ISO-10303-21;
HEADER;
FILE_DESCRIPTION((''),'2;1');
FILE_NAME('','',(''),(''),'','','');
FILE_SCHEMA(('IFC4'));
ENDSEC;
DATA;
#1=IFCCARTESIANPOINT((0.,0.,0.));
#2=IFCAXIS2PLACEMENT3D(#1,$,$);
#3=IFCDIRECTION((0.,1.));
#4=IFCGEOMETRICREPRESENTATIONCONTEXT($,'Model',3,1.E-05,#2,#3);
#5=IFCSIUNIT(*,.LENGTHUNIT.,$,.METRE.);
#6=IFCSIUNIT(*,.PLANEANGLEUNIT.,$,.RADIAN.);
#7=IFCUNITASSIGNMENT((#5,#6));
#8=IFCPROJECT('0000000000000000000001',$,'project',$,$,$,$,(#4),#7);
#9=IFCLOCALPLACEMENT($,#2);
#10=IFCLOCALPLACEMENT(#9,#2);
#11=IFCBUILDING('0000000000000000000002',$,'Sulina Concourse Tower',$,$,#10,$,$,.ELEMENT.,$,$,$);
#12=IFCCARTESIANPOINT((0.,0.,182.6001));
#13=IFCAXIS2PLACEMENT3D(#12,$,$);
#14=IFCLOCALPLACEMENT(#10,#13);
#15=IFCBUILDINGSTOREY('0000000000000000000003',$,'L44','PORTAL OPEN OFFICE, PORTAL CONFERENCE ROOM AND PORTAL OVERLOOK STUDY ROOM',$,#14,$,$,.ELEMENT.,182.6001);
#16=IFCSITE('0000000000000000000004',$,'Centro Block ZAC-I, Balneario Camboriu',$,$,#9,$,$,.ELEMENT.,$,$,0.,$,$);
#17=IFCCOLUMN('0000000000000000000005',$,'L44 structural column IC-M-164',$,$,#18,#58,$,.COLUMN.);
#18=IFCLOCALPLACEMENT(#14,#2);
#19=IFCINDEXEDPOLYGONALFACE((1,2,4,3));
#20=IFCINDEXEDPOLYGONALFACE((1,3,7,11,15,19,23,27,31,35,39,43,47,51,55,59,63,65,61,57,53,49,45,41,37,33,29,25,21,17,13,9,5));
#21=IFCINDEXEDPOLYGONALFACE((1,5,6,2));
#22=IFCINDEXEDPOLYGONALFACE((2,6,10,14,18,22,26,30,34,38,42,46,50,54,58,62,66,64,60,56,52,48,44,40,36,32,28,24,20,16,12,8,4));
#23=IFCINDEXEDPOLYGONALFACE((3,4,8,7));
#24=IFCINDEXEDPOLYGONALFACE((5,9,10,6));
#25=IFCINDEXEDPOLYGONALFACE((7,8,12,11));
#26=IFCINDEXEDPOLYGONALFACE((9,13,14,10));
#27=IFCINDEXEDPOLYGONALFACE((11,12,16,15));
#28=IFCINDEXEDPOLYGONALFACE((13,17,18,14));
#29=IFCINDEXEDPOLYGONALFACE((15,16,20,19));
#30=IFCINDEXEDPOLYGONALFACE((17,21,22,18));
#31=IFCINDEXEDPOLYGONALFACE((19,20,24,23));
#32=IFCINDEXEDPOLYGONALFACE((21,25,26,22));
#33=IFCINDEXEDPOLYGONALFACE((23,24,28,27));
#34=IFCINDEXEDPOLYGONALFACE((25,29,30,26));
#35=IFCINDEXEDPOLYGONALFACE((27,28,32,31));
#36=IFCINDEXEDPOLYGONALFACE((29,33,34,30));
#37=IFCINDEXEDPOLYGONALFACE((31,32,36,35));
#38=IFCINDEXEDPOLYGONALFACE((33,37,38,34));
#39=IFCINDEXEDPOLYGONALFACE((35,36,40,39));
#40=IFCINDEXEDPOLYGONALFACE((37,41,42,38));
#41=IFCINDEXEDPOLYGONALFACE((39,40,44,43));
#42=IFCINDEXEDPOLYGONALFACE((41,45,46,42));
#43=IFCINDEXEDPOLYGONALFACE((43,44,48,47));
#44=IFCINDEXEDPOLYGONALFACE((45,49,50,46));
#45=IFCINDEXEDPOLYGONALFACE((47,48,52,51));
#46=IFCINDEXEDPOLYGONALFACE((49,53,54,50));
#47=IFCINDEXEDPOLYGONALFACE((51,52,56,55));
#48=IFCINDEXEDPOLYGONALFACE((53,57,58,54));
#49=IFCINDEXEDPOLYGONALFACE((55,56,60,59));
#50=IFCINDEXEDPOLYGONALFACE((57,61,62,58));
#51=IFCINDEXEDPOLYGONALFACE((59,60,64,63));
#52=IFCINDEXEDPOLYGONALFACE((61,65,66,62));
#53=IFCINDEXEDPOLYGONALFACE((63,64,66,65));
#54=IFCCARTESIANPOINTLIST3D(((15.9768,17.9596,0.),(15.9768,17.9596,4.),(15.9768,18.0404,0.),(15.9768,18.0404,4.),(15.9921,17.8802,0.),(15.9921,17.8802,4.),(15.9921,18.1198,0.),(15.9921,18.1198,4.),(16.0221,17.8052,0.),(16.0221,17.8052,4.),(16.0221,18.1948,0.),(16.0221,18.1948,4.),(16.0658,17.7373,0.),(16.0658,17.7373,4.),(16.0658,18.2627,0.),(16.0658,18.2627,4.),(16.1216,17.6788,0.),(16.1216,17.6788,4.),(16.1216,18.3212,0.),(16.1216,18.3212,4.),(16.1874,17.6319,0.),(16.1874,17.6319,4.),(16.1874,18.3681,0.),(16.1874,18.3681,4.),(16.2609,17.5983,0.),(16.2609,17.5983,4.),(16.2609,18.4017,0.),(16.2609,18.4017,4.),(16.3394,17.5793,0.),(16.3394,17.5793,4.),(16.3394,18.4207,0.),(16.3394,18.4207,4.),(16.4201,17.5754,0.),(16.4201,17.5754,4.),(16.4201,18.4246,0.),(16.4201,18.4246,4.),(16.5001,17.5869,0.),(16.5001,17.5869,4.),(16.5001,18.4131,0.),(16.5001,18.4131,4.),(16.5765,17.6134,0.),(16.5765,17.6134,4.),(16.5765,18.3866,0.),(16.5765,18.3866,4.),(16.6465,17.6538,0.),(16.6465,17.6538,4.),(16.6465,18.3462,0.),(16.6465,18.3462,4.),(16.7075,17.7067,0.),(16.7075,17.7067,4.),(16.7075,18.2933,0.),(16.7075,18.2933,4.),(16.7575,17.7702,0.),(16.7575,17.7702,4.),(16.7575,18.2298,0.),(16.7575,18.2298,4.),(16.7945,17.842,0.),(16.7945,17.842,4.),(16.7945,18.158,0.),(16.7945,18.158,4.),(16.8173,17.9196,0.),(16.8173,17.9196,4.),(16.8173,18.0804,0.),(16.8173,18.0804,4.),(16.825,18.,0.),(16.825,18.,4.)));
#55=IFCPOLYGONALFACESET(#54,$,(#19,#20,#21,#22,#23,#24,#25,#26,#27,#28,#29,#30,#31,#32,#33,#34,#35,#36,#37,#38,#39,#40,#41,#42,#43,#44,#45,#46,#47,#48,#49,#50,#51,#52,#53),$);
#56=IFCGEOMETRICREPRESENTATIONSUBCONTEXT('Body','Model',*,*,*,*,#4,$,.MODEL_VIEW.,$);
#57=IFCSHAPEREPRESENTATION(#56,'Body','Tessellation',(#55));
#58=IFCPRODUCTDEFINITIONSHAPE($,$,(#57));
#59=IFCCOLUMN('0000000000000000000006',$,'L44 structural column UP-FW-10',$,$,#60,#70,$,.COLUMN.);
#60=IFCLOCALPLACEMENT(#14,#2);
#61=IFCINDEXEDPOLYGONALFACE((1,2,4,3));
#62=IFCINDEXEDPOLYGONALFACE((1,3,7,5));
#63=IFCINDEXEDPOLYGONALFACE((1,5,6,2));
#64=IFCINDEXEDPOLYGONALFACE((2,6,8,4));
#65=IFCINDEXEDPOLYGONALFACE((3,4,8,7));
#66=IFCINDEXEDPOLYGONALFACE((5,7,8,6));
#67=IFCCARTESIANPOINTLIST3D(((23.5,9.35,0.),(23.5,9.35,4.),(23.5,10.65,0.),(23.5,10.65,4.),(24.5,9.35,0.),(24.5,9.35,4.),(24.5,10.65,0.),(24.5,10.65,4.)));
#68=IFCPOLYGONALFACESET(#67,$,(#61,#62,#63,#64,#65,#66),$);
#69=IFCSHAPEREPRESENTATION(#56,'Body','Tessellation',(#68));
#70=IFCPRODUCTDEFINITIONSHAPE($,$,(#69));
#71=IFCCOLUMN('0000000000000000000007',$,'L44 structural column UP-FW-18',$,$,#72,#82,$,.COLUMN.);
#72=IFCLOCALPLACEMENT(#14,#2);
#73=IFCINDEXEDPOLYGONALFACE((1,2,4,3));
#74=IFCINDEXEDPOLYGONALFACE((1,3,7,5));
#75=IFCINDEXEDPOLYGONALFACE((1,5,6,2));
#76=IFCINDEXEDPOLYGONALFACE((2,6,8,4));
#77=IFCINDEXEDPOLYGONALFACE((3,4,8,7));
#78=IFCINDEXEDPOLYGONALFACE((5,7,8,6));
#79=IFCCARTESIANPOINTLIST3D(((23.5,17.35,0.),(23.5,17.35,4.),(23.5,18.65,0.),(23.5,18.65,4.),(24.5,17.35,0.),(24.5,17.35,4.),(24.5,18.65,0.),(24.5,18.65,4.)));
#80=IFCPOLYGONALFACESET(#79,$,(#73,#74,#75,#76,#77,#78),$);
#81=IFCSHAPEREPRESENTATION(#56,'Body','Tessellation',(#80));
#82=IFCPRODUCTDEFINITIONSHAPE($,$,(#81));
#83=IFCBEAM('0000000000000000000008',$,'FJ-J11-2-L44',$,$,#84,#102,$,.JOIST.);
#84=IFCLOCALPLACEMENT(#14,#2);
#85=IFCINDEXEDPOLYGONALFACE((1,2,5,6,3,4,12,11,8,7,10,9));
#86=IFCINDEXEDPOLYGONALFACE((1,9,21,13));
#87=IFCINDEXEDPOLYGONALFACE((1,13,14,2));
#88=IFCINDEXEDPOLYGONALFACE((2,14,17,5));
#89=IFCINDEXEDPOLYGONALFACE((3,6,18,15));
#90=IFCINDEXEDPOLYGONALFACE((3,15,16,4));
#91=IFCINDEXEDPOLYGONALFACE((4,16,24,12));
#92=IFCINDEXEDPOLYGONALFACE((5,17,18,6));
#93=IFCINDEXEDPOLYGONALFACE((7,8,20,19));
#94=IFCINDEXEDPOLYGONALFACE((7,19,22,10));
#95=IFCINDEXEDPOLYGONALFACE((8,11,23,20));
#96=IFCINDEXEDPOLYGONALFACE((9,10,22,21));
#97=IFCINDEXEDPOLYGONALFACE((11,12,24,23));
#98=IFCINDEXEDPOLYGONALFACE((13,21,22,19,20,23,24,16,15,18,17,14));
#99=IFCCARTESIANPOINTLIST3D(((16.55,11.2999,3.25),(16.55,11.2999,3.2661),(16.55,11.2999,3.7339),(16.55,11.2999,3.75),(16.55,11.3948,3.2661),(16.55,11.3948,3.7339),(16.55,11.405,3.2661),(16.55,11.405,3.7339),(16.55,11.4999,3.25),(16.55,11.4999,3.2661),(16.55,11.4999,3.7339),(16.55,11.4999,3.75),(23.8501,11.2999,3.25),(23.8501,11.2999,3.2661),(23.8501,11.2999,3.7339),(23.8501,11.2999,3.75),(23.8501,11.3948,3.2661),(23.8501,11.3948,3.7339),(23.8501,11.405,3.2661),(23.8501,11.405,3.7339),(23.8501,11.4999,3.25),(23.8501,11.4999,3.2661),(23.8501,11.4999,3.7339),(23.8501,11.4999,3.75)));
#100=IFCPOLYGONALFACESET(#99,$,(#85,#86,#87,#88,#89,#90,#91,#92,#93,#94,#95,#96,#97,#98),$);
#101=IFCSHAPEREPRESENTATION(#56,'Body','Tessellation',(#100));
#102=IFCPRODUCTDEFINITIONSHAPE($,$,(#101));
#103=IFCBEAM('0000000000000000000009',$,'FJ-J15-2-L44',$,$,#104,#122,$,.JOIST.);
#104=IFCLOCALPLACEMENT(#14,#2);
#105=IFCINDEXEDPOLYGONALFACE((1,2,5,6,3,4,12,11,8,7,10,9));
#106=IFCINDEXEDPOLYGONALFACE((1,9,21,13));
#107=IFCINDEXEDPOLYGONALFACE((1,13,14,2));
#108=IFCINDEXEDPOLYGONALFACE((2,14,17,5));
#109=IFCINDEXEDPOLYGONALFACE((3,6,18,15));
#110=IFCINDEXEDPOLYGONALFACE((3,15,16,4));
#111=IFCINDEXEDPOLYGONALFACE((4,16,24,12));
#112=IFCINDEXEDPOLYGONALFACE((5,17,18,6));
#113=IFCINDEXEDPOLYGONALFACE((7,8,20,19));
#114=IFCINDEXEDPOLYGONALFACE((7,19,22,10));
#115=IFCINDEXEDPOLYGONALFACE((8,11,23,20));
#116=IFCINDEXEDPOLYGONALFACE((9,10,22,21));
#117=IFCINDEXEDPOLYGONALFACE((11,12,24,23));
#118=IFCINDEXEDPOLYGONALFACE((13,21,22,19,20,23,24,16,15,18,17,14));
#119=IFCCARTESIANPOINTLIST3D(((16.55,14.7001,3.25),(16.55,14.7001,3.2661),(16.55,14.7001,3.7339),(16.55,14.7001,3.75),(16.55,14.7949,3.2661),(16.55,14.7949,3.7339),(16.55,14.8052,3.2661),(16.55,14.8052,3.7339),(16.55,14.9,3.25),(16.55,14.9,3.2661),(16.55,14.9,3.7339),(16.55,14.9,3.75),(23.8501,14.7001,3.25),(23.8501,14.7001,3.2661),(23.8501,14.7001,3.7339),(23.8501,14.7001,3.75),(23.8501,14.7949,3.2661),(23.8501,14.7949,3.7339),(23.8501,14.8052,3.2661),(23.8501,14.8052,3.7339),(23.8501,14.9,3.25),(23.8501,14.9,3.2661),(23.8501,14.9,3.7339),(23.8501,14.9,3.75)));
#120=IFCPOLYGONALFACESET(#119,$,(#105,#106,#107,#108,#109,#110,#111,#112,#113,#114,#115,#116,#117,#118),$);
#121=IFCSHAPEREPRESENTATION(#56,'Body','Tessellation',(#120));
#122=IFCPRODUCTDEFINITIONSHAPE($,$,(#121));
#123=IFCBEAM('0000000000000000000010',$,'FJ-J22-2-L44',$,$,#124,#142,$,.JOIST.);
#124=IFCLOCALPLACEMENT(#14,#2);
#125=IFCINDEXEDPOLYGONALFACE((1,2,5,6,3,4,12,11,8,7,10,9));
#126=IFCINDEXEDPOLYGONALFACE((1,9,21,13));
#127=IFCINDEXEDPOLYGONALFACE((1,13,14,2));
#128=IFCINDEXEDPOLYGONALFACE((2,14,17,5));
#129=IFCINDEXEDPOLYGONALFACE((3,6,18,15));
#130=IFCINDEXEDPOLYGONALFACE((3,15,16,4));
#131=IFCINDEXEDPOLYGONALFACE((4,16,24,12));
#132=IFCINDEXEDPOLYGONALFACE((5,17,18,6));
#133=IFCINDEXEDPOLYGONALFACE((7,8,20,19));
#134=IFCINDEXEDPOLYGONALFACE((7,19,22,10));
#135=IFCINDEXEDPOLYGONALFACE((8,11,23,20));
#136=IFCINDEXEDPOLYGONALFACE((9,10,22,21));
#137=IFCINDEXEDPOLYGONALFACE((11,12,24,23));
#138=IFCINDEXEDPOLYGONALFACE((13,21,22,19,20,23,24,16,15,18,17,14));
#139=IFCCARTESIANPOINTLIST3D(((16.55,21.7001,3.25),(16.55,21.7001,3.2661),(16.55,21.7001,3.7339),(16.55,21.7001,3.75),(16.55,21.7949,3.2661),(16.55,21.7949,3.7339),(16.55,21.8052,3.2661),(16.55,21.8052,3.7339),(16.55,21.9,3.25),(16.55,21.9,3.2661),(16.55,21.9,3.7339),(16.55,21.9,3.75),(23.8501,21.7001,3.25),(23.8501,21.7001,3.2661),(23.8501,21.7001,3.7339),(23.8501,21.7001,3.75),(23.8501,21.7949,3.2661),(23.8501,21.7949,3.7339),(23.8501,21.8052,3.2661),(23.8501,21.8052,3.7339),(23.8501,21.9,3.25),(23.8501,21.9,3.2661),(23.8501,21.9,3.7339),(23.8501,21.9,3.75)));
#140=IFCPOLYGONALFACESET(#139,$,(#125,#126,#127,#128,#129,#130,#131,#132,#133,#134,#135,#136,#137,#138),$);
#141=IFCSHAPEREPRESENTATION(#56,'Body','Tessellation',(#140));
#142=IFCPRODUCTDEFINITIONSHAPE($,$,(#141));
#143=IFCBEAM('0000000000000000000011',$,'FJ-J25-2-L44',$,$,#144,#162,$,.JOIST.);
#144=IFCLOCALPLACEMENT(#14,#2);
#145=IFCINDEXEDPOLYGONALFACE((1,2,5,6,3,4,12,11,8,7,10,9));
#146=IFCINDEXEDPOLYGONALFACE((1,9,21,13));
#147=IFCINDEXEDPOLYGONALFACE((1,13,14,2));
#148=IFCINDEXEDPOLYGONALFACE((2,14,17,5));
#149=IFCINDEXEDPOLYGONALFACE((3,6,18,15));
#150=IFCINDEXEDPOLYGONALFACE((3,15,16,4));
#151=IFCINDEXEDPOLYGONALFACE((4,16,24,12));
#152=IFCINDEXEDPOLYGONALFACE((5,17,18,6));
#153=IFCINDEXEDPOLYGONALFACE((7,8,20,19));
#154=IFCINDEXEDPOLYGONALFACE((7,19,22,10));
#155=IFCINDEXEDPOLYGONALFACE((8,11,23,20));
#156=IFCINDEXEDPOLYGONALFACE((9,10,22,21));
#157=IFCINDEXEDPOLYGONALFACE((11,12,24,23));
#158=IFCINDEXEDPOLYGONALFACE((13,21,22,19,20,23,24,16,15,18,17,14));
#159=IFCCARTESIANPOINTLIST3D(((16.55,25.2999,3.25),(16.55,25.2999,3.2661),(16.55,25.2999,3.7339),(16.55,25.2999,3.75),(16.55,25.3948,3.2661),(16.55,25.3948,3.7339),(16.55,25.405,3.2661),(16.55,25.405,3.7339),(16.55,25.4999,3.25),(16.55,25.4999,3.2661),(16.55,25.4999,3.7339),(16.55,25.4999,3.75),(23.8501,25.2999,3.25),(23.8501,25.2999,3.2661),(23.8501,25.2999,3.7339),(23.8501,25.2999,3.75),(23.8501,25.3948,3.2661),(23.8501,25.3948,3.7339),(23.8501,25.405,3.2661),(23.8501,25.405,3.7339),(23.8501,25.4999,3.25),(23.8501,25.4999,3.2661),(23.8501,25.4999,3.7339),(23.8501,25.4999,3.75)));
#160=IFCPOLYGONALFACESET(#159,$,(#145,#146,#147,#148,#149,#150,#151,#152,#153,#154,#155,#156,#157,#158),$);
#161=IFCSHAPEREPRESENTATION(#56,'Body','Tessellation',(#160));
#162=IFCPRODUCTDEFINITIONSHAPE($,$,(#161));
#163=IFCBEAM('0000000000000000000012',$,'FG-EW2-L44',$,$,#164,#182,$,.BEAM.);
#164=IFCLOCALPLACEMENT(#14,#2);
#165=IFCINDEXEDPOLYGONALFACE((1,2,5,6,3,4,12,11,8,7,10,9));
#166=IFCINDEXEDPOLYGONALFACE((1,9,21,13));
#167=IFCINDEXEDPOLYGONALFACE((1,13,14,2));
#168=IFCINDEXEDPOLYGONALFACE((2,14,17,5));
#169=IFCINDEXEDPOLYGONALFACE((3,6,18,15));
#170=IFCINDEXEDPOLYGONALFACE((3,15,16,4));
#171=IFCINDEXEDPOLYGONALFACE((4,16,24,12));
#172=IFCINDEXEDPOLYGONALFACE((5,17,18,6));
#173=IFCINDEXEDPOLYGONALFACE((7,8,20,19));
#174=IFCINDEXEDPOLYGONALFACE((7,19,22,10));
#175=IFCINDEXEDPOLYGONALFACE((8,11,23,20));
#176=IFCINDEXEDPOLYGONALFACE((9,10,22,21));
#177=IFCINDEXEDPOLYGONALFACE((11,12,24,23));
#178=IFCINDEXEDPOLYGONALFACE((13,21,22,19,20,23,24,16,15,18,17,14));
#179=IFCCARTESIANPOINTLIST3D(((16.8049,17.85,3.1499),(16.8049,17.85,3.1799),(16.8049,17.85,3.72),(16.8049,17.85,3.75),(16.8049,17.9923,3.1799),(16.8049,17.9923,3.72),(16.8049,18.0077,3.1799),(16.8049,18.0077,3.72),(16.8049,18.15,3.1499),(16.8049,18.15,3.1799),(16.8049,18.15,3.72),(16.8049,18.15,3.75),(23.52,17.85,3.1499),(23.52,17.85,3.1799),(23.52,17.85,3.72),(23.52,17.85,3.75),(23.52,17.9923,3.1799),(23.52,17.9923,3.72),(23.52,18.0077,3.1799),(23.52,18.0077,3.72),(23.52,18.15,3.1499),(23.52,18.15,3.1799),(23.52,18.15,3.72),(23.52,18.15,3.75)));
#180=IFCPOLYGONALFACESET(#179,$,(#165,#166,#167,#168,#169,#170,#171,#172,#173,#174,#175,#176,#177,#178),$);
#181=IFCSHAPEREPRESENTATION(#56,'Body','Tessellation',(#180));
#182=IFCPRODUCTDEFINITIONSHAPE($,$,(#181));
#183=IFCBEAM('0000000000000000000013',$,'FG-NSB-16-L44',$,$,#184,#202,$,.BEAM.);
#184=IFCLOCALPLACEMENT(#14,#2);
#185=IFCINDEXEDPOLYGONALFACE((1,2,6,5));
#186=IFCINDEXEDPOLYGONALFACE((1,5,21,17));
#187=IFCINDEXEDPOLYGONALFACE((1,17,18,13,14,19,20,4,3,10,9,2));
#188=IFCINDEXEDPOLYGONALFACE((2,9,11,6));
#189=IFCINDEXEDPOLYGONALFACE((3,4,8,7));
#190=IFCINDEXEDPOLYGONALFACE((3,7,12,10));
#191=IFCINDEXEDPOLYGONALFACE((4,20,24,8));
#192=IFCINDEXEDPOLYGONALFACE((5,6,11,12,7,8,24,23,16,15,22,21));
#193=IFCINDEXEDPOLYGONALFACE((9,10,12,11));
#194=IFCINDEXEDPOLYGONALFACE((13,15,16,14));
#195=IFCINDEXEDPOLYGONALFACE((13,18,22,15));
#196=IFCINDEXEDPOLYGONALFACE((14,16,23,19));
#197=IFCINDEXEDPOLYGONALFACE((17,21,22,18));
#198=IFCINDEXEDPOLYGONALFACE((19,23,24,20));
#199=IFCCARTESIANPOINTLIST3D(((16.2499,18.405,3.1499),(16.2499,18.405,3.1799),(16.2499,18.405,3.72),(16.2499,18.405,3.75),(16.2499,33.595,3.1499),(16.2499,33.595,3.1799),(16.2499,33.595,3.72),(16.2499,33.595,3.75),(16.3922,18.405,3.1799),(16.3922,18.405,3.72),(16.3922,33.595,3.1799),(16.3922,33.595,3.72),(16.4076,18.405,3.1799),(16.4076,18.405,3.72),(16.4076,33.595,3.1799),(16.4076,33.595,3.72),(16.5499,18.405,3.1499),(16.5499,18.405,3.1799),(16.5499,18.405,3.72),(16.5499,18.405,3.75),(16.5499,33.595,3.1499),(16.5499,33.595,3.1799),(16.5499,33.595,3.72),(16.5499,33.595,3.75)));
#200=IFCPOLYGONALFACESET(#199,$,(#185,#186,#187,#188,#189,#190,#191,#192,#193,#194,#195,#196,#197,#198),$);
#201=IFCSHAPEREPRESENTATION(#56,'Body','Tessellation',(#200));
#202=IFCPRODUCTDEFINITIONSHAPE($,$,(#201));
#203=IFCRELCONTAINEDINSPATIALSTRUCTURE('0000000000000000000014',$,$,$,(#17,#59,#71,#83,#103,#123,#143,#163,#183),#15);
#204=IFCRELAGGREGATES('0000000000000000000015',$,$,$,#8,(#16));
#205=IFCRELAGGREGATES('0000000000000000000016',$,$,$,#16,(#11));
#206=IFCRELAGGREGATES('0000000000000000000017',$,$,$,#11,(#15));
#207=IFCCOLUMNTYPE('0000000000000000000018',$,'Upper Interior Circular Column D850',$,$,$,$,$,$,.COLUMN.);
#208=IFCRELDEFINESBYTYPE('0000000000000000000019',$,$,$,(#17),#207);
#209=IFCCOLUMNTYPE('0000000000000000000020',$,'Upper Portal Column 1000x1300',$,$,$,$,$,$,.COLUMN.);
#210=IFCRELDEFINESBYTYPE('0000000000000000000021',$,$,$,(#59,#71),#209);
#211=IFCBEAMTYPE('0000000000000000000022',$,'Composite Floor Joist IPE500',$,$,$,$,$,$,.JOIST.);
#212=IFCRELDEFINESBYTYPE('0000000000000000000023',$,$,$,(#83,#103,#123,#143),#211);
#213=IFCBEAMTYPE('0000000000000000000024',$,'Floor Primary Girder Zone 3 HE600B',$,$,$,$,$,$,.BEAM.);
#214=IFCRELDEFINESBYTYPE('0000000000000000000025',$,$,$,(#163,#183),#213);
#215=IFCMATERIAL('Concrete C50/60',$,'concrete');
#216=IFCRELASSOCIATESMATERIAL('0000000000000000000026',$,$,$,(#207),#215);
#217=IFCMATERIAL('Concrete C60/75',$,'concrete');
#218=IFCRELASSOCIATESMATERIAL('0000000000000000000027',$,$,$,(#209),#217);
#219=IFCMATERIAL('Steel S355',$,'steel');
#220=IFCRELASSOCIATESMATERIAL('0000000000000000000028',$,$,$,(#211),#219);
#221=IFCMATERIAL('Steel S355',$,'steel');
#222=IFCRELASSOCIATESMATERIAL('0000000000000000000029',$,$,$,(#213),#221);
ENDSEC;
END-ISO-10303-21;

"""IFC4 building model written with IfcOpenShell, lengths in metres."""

from ifc_helpers import new_model, si_unit, direction, frame, origin, origin_2d, place, context, subcontext, project, spatial, rectangle, circle, i_section, extrude, material, material_profile, profile_set, type_object, element, save


model = new_model("IFC4")

# Units and contexts
model_context = context("Model", 3, precision=1e-05, world=origin(), true_north=direction((0.0, 1.0)))
body_context = subcontext(model_context, "Body", "Model", "MODEL_VIEW")
ifc_project = project(units=[si_unit("LENGTHUNIT", "METRE"), si_unit("PLANEANGLEUNIT", "RADIAN")], contexts=[model_context])

# Site, building, storey
site_placement = place(None, origin())
site = spatial("IfcSite", under=ifc_project, at=site_placement, Name="Centro Block ZAC-I, Balneario Camboriu", CompositionType="ELEMENT", RefElevation=0.0)
building_placement = place(site_placement, origin())
building = spatial("IfcBuilding", under=site, at=building_placement, Name="Sulina Concourse Tower", CompositionType="ELEMENT")
storey_placement = place(building_placement, frame((0.0, 0.0, 182.6001)))
storey = spatial("IfcBuildingStorey", under=building, at=storey_placement, Name="L44", Description="PORTAL OPEN OFFICE, PORTAL CONFERENCE ROOM AND PORTAL OVERLOOK STUDY ROOM", CompositionType="ELEMENT", Elevation=182.6001)

# Columns
ifc_material_1 = material(Name="Concrete C50/60", Category="concrete")
ifc_material_profile_1 = material_profile(ifc_material_1, circle(Radius=0.425, at=origin_2d()), Name="RC D850")
ifc_profile_set_1 = profile_set([ifc_material_profile_1], Name="Concrete C50/60")
column_type_1 = type_object("IfcColumnType", Name="Upper Interior Circular Column D850", PredefinedType="COLUMN", material=ifc_profile_set_1)
column_placement = place(storey_placement, frame((16.3999, 18.0, 0.0), z_axis=(0.0, 0.0, 1.0), x_axis=(1.0, 0.0, 0.0)))
element("IfcColumn", 1, at=column_placement, inside=storey, type_object=column_type_1, Name="L44 structural column IC-M-164", PredefinedType="COLUMN", context=body_context, shape_type="SweptSolid", body=[
    extrude(circle(Radius=0.425, at=origin_2d()), origin(), (0.0, 0.0, 1.0), 4.0),
])
ifc_material_2 = material(Name="Concrete C60/75", Category="concrete")
ifc_material_profile_2 = material_profile(ifc_material_2, rectangle(XDim=1.0, YDim=1.3, at=origin_2d()), Name="RC 1000x1300")
ifc_profile_set_2 = profile_set([ifc_material_profile_2], Name="Concrete C60/75")
column_type_2 = type_object("IfcColumnType", Name="Upper Portal Column 1000x1300", PredefinedType="COLUMN", material=ifc_profile_set_2)
for number, where, z_axis, x_axis, name in (
    (2, (24.0, 10.0, 0.0), (0.0, 0.0, 1.0), (1.0, 0.0, 0.0), "L44 structural column UP-FW-10"),
    (3, (24.0, 18.0, 0.0), (0.0, 0.0, 1.0), (1.0, 0.0, 0.0), "L44 structural column UP-FW-18"),
):
    element("IfcColumn", number, at=place(storey_placement, frame(where, z_axis=z_axis, x_axis=x_axis)), inside=storey, type_object=column_type_2, Name=name, PredefinedType="COLUMN", context=body_context, shape_type="SweptSolid", body=[
        extrude(rectangle(XDim=1.0, YDim=1.3, at=origin_2d()), origin(), (0.0, 0.0, 1.0), 4.0),
    ])

# Beams
ifc_material_3 = material(Name="Steel S355", Category="steel")
ifc_material_profile_3 = material_profile(ifc_material_3, i_section(OverallWidth=0.2, OverallDepth=0.5, WebThickness=0.0103, FlangeThickness=0.0161, at=origin_2d()), Name="IPE 500")
ifc_profile_set_3 = profile_set([ifc_material_profile_3], Name="Steel S355")
beam_type_1 = type_object("IfcBeamType", Name="Composite Floor Joist IPE500", PredefinedType="JOIST", material=ifc_profile_set_3)
for number, where, z_axis, x_axis, name in (
    (4, (16.55, 11.3999, 3.5), (1.0, 0.0, 0.0), (0.0, 1.0, 0.0), "FJ-J11-2-L44"),
    (5, (16.55, 14.8, 3.5), (1.0, 0.0, 0.0), (0.0, 1.0, 0.0), "FJ-J15-2-L44"),
    (6, (16.55, 21.8, 3.5), (1.0, 0.0, 0.0), (0.0, 1.0, 0.0), "FJ-J22-2-L44"),
    (7, (16.55, 25.3999, 3.5), (1.0, 0.0, 0.0), (0.0, 1.0, 0.0), "FJ-J25-2-L44"),
):
    element("IfcBeam", number, at=place(storey_placement, frame(where, z_axis=z_axis, x_axis=x_axis)), inside=storey, type_object=beam_type_1, Name=name, PredefinedType="JOIST", context=body_context, shape_type="SweptSolid", body=[
        extrude(i_section(OverallWidth=0.2, OverallDepth=0.5, WebThickness=0.0103, FlangeThickness=0.0161, at=origin_2d()), origin(), (0.0, 0.0, 1.0), 7.3),
    ])
ifc_material_4 = material(Name="Steel S355", Category="steel")
ifc_material_profile_4 = material_profile(ifc_material_4, i_section(OverallWidth=0.3, OverallDepth=0.6001, WebThickness=0.0154, FlangeThickness=0.03, at=origin_2d()), Name="HE 600 B")
ifc_profile_set_4 = profile_set([ifc_material_profile_4], Name="Steel S355")
beam_type_2 = type_object("IfcBeamType", Name="Floor Primary Girder Zone 3 HE600B", PredefinedType="BEAM", material=ifc_profile_set_4)
beam_1_placement = place(storey_placement, frame((16.8049, 18.0, 3.45), z_axis=(1.0, 0.0, 0.0), x_axis=(0.0, 1.0, 0.0)))
element("IfcBeam", 8, at=beam_1_placement, inside=storey, type_object=beam_type_2, Name="FG-EW2-L44", PredefinedType="BEAM", context=body_context, shape_type="SweptSolid", body=[
    extrude(i_section(OverallWidth=0.3, OverallDepth=0.6001, WebThickness=0.0154, FlangeThickness=0.03, at=origin_2d()), origin(), (0.0, 0.0, 1.0), 6.7151),
])
beam_2_placement = place(storey_placement, frame((16.3999, 18.405, 3.45), z_axis=(0.0, 1.0, 0.0), x_axis=(-1.0, 0.0, 0.0)))
element("IfcBeam", 9, at=beam_2_placement, inside=storey, type_object=beam_type_2, Name="FG-NSB-16-L44", PredefinedType="BEAM", context=body_context, shape_type="SweptSolid", body=[
    extrude(i_section(OverallWidth=0.3, OverallDepth=0.6001, WebThickness=0.0154, FlangeThickness=0.03, at=origin_2d()), origin(), (0.0, 0.0, 1.0), 15.1899),
])

save(model, "model.ifc")
